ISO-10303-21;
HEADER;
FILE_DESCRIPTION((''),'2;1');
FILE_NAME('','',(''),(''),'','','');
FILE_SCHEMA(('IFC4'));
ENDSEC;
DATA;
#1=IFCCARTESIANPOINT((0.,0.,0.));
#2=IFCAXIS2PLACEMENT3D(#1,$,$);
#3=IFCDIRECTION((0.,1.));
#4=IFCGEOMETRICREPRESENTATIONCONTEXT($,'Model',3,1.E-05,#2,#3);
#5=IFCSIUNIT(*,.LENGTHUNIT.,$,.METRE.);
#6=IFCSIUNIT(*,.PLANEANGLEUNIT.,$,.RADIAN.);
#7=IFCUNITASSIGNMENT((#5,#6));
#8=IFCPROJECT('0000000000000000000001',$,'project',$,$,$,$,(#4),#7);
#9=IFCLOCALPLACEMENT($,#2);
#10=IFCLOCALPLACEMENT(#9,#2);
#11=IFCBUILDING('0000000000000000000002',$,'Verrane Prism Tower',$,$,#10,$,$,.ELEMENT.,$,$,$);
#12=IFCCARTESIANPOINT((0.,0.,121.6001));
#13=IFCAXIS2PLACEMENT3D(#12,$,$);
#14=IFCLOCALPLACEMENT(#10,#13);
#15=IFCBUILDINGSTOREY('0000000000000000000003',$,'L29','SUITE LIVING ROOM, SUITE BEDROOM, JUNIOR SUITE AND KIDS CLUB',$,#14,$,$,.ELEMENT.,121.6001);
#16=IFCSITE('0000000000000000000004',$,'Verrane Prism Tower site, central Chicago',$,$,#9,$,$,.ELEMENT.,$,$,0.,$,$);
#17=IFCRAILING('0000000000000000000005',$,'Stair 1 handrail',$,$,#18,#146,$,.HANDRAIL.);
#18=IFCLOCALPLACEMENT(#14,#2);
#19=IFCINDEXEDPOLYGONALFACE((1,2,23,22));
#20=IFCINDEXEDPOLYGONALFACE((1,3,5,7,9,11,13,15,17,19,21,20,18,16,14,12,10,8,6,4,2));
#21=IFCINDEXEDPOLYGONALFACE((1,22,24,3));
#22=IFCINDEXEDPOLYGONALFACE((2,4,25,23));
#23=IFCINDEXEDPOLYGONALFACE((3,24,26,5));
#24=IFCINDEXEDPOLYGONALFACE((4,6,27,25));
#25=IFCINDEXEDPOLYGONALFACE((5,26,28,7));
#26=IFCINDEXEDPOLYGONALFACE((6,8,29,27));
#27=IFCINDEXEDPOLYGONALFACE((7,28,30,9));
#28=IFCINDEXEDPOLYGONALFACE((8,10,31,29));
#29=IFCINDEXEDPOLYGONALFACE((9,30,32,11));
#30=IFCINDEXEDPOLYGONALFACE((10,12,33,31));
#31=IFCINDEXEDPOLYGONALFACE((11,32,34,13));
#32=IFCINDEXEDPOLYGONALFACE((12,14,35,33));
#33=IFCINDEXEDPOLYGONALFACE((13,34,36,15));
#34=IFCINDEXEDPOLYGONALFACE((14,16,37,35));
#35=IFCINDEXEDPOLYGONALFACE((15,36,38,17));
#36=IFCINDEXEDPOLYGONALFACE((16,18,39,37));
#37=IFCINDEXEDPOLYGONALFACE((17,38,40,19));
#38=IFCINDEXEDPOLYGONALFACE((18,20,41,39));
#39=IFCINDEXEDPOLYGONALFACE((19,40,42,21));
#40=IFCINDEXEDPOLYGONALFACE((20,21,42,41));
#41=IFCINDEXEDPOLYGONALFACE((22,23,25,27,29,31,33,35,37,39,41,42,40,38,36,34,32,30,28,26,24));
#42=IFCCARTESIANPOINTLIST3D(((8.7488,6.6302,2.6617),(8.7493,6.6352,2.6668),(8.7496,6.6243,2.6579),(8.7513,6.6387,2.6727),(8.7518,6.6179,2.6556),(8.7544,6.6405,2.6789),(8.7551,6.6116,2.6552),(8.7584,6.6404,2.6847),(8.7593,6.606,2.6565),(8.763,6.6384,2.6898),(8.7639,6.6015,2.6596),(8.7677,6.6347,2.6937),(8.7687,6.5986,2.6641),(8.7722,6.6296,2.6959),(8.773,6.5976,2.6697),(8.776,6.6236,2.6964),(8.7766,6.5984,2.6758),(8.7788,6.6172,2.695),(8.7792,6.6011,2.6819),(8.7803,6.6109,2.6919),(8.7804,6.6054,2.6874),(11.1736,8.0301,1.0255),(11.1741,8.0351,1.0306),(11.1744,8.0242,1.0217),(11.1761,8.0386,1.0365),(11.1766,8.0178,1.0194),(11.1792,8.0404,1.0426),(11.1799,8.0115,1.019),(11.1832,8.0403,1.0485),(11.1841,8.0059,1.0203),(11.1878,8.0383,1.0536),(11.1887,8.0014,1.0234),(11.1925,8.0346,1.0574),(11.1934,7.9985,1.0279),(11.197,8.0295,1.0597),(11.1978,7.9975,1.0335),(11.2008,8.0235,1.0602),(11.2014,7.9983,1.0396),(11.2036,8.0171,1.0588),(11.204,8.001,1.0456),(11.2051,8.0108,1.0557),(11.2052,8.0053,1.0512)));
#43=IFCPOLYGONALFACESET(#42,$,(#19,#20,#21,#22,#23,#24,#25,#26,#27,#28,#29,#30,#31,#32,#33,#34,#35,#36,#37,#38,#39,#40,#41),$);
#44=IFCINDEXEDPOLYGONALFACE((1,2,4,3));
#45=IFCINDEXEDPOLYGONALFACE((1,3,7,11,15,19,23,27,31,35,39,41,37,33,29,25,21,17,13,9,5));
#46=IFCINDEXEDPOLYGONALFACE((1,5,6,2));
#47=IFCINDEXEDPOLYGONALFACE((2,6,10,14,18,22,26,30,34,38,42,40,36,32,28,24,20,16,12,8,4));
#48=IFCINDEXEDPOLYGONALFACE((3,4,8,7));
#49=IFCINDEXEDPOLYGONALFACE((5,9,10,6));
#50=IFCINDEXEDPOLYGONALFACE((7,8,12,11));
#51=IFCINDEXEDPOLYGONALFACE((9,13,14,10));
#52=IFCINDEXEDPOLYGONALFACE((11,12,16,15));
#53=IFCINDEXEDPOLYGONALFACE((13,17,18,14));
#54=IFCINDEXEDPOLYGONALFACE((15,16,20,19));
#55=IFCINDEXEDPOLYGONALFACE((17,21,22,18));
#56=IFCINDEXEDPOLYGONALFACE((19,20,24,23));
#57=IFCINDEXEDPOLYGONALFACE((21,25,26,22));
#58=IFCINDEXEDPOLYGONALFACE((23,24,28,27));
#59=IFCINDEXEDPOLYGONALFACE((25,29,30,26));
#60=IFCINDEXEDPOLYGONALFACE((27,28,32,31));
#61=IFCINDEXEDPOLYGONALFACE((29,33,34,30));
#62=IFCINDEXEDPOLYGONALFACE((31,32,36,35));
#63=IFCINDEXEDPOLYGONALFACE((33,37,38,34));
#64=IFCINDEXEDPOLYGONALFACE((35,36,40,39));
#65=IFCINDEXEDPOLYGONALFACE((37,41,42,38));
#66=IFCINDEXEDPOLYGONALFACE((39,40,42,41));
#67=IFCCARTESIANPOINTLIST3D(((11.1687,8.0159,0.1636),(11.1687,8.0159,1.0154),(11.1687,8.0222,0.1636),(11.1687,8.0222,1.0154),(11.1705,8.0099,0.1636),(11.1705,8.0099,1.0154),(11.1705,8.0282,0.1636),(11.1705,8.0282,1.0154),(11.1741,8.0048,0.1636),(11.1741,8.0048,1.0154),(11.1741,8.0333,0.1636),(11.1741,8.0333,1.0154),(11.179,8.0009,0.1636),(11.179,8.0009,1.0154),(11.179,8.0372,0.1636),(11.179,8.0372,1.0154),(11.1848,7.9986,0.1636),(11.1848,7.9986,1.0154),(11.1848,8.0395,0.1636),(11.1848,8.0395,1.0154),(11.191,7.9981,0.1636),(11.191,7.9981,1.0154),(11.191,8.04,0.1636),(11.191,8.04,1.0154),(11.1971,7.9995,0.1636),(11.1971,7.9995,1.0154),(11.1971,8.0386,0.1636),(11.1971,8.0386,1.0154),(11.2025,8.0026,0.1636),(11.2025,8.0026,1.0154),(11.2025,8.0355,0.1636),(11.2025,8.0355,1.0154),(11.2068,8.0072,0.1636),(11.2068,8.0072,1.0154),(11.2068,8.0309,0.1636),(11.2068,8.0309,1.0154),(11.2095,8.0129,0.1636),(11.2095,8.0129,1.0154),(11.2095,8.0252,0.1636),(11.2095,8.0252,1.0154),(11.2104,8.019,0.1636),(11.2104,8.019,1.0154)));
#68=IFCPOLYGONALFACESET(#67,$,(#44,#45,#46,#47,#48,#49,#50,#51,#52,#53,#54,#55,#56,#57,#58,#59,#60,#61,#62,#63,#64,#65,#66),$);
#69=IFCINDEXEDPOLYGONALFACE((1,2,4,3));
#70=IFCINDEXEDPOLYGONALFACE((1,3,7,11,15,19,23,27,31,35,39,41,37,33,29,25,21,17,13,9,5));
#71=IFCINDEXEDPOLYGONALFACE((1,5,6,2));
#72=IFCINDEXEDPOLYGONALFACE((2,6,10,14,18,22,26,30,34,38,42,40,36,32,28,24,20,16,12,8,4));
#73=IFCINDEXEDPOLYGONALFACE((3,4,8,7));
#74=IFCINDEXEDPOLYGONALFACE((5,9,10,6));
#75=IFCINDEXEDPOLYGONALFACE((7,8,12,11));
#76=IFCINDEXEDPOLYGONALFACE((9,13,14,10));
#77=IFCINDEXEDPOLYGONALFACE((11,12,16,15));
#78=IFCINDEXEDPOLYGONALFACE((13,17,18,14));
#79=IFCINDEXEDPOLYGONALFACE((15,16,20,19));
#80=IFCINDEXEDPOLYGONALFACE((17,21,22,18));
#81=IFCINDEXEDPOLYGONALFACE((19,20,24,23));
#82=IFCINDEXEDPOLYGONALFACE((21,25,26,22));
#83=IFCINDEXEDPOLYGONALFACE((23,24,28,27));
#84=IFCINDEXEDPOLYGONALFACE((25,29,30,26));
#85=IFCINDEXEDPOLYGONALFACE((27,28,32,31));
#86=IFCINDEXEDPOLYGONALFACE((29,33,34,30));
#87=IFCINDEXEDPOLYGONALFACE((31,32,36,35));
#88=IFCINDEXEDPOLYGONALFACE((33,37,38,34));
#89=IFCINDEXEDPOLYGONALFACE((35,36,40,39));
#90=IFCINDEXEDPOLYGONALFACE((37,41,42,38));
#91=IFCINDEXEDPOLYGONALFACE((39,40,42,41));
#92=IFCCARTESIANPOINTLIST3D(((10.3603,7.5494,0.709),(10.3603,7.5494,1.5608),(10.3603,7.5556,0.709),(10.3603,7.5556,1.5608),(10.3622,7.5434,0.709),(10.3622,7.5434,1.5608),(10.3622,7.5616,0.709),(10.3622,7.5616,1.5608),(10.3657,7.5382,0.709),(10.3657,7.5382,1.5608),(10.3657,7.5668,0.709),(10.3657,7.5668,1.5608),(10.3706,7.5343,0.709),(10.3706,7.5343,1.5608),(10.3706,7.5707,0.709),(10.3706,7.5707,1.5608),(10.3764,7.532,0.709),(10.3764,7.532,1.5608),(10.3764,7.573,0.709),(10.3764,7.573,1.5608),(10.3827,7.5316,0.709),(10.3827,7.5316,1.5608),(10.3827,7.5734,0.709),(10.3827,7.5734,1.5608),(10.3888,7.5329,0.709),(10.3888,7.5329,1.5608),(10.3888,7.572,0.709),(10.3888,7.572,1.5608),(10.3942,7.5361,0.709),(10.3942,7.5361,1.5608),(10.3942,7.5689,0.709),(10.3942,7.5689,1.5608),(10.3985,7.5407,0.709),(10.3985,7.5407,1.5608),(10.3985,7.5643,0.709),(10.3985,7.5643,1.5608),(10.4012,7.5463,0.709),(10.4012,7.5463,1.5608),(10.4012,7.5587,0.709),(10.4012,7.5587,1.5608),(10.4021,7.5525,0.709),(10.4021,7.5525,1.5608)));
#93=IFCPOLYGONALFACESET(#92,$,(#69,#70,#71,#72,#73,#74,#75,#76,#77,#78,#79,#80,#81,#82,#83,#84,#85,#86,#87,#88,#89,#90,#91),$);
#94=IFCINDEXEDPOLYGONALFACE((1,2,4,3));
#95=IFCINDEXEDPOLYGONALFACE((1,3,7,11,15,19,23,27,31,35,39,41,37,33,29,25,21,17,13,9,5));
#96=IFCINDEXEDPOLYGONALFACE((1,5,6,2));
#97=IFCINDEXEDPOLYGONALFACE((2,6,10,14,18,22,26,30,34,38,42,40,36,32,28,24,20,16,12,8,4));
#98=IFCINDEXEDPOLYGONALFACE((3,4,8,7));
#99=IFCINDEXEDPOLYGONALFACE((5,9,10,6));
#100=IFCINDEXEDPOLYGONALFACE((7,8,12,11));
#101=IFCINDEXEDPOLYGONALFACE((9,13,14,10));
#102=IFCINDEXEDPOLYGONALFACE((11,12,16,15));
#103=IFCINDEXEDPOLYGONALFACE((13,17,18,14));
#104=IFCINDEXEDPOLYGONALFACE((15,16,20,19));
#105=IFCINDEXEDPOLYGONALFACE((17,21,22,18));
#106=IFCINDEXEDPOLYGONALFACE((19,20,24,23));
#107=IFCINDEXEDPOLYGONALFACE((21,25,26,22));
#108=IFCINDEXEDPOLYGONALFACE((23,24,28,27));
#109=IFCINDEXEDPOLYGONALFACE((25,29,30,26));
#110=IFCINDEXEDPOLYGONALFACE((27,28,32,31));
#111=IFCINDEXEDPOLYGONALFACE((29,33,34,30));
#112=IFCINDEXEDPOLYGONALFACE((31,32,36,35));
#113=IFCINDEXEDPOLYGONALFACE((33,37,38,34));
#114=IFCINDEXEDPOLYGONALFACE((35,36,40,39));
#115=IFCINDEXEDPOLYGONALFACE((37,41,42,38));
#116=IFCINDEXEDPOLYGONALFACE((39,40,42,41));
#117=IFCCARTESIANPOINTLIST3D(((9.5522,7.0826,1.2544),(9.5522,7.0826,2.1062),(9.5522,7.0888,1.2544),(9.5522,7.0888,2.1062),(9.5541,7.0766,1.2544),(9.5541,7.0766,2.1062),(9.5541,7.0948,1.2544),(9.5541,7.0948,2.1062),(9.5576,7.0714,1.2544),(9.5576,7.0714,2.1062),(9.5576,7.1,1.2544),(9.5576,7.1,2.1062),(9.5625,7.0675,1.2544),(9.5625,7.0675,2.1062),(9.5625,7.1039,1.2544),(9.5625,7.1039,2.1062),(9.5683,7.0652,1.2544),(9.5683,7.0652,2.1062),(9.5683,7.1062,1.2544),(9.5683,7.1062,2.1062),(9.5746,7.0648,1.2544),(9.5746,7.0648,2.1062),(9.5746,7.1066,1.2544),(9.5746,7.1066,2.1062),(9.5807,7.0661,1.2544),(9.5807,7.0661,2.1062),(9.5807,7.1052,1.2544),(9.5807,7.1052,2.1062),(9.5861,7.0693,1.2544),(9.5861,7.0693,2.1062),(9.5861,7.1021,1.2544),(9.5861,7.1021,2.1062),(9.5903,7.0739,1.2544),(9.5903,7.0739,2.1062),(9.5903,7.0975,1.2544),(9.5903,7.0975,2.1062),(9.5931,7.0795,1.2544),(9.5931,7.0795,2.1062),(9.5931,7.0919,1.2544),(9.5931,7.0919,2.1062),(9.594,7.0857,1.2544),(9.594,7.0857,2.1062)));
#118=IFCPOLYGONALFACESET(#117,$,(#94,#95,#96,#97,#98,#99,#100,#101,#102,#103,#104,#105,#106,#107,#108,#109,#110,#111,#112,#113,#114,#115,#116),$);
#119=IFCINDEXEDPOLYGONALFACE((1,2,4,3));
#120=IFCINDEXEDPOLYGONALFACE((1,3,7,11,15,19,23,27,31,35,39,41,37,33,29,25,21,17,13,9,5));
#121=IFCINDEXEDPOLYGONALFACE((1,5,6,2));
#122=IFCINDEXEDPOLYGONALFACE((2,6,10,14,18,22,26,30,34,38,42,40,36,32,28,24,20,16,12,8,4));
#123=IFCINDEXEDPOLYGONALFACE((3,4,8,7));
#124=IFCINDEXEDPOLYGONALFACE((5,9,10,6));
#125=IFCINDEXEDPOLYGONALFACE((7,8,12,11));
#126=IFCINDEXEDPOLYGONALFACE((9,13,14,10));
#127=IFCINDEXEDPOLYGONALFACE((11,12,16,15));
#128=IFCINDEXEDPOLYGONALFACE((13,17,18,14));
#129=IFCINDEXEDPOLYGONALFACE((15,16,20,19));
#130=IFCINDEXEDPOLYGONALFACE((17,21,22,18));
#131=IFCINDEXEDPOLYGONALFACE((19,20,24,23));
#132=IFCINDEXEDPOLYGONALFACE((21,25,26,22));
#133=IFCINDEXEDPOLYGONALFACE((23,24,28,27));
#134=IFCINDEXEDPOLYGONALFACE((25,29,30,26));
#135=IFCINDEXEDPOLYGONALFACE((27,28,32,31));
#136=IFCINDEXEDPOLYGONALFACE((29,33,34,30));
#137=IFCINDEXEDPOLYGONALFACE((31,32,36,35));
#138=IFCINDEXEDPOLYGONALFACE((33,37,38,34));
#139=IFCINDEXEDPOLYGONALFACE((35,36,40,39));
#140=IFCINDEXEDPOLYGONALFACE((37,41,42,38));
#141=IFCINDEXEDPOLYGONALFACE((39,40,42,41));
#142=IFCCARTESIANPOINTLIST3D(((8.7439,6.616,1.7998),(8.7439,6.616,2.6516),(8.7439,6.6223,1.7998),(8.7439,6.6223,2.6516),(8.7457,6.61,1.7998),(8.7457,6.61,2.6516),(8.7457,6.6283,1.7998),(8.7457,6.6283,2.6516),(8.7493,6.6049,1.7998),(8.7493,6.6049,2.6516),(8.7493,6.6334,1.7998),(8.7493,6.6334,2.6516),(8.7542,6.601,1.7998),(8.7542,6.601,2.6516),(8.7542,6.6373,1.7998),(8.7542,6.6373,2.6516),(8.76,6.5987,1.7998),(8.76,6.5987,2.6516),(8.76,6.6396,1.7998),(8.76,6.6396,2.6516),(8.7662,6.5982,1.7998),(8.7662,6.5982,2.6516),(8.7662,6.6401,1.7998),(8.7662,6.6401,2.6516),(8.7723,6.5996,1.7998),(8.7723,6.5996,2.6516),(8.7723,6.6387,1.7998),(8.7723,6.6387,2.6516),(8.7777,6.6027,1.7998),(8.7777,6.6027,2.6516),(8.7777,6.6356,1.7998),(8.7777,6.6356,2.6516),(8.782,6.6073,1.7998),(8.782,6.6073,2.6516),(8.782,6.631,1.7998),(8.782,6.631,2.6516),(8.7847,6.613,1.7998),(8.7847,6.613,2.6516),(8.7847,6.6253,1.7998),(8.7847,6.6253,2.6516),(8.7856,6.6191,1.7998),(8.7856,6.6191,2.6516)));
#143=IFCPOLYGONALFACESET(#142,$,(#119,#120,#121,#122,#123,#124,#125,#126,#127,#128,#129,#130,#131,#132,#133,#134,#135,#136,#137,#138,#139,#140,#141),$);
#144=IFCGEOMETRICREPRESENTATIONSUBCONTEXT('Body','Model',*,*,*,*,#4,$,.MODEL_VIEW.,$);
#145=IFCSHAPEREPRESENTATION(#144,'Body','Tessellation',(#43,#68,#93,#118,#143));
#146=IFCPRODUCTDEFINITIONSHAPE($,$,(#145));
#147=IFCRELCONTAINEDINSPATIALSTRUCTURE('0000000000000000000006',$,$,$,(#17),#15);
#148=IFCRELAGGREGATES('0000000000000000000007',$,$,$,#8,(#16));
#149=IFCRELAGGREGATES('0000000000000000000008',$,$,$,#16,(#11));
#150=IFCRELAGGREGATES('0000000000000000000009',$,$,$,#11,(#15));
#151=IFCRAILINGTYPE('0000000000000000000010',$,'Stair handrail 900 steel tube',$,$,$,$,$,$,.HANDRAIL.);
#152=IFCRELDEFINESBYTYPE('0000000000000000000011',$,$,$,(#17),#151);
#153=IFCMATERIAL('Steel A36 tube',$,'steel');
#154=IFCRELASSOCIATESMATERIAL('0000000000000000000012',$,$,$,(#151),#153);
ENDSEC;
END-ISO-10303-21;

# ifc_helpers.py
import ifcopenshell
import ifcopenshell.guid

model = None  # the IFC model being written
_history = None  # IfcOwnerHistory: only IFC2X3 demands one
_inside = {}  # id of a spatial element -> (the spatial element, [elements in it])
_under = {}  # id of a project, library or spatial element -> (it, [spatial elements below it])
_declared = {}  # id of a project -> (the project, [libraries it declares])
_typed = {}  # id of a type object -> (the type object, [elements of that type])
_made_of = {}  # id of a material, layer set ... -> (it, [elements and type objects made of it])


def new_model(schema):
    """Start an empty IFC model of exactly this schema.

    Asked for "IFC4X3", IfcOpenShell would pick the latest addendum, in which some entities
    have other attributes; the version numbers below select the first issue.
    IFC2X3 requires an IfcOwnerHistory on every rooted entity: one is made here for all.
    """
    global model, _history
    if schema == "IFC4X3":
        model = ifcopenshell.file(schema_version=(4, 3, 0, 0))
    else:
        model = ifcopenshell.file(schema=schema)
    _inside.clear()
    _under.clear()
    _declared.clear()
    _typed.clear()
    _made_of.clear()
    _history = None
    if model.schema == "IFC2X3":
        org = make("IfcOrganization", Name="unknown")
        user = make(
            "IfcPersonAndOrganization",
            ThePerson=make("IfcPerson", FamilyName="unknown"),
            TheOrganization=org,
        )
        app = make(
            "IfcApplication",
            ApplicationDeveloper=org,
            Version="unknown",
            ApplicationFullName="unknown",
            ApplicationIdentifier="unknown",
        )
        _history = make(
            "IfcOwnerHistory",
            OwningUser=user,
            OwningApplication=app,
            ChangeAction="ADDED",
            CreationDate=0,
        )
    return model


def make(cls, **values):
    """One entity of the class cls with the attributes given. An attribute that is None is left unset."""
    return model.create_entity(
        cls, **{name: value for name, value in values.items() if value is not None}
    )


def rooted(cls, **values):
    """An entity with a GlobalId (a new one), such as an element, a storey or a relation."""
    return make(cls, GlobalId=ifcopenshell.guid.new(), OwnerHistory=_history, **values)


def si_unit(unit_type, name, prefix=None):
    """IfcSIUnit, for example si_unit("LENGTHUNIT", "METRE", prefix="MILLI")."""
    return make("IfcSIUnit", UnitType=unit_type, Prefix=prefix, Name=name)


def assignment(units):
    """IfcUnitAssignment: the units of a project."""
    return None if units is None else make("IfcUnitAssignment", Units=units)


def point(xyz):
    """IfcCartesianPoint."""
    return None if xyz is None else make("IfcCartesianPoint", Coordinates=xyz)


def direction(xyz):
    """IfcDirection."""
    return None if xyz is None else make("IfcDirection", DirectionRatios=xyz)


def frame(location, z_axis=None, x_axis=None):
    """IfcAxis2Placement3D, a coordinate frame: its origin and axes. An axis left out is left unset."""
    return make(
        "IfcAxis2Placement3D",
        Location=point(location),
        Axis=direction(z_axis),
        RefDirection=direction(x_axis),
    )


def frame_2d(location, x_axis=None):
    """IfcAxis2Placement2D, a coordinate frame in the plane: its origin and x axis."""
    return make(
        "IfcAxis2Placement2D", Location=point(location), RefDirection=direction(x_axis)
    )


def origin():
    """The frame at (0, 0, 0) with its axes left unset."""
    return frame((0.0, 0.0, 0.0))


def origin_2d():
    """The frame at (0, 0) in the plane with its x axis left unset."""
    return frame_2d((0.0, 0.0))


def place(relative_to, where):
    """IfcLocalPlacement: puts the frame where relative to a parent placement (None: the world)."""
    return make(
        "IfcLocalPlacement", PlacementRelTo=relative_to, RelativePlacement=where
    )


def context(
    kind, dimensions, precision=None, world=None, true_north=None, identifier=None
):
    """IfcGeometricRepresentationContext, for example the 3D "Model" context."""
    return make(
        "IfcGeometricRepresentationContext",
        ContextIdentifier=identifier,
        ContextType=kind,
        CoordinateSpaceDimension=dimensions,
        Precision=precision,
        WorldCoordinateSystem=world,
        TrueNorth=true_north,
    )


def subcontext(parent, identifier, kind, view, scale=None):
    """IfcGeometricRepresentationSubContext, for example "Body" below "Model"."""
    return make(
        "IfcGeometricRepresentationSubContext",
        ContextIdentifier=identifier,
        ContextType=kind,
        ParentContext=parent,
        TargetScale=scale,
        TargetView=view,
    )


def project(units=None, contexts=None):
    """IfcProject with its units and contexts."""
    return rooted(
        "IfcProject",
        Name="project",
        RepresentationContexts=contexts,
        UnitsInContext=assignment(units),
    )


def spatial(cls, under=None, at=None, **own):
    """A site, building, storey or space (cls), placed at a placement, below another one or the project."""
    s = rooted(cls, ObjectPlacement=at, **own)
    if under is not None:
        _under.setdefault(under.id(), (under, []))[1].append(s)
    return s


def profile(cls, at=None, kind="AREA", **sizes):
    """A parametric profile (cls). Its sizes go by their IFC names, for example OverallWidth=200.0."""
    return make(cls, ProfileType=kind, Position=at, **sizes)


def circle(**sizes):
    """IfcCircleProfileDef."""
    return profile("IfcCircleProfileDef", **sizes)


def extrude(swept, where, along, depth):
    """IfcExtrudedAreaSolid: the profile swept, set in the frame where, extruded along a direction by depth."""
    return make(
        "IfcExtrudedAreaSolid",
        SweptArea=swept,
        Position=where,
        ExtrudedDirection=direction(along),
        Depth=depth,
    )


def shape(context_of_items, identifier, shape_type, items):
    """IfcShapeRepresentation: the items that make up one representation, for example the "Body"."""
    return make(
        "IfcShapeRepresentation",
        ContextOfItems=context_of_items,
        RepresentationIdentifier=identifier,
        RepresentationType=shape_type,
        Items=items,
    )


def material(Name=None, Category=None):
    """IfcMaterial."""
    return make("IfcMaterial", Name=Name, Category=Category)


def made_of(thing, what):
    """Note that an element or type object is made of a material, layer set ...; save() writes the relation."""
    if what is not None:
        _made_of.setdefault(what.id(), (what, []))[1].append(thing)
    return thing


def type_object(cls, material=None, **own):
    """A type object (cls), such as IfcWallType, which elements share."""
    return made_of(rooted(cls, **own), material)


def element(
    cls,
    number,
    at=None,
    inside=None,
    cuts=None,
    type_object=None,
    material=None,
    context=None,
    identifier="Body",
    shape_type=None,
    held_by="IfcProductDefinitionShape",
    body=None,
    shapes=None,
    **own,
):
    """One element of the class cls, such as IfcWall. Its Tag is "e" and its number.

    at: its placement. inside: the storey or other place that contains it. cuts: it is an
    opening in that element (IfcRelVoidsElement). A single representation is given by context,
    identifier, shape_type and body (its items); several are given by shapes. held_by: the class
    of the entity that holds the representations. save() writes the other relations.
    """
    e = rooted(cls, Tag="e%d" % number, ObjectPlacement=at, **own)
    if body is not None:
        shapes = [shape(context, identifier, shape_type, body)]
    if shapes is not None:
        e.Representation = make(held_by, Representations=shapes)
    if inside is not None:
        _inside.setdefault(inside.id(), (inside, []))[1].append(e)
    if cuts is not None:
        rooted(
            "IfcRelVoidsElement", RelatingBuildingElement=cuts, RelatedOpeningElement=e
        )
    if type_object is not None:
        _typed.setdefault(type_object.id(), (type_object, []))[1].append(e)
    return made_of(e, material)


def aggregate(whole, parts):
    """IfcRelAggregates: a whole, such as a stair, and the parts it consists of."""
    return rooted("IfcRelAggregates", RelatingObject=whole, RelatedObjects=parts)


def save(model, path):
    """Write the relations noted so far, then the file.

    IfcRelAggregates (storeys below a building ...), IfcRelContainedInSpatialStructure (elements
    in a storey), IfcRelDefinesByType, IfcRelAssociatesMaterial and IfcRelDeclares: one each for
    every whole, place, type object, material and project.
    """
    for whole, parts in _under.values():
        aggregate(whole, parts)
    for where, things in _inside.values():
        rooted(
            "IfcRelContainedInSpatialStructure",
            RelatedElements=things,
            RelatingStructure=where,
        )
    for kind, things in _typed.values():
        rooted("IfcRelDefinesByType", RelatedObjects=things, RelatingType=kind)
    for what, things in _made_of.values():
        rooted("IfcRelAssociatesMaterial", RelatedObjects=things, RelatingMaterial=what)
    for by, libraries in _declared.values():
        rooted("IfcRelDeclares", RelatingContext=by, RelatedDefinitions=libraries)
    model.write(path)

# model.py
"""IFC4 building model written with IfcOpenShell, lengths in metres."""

from ifc_helpers import new_model, si_unit, direction, frame, origin, origin_2d, place, context, subcontext, project, spatial, circle, extrude, material, type_object, element, save


model = new_model("IFC4")

# Units and contexts
model_context = context("Model", 3, precision=1e-05, world=origin(), true_north=direction((0.0, 1.0)))
body_context = subcontext(model_context, "Body", "Model", "MODEL_VIEW")
ifc_project = project(units=[si_unit("LENGTHUNIT", "METRE"), si_unit("PLANEANGLEUNIT", "RADIAN")], contexts=[model_context])

# Site, building, storey
site_placement = place(None, origin())
site = spatial("IfcSite", under=ifc_project, at=site_placement, Name="Verrane Prism Tower site, central Chicago", CompositionType="ELEMENT", RefElevation=0.0)
building_placement = place(site_placement, origin())
building = spatial("IfcBuilding", under=site, at=building_placement, Name="Verrane Prism Tower", CompositionType="ELEMENT")
storey_placement = place(building_placement, frame((0.0, 0.0, 121.6001)))
storey = spatial("IfcBuildingStorey", under=building, at=storey_placement, Name="L29", Description="SUITE LIVING ROOM, SUITE BEDROOM, JUNIOR SUITE AND KIDS CLUB", CompositionType="ELEMENT", Elevation=121.6001)

# Railing
ifc_material_1 = material(Name="Steel A36 tube", Category="steel")
railing_type_1 = type_object("IfcRailingType", Name="Stair handrail 900 steel tube", PredefinedType="HANDRAIL", material=ifc_material_1)
railing_1_placement = place(storey_placement, frame((11.1895, 8.019, 0.1636)))
element("IfcRailing", 1, at=railing_1_placement, inside=storey, type_object=railing_type_1, Name="Stair 1 handrail", PredefinedType="HANDRAIL", context=body_context, shape_type="SweptSolid", body=[
    extrude(circle(Radius=0.0239, at=origin_2d()), frame((0.0, 0.0, 0.876), z_axis=(-0.747718, -0.431677, 0.504552), x_axis=(0.499984, -0.866035, 0.0)), (0.0, 0.0, 1.0), 3.2429),
    extrude(circle(Radius=0.021, at=origin_2d()), origin(), (0.0, 0.0, 1.0), 0.8518),
    extrude(circle(Radius=0.021, at=origin_2d()), frame((-0.8083, -0.4666, 0.5454)), (0.0, 0.0, 1.0), 0.8518),
    extrude(circle(Radius=0.021, at=origin_2d()), frame((-1.6165, -0.9333, 1.0908)), (0.0, 0.0, 1.0), 0.8518),
    extrude(circle(Radius=0.021, at=origin_2d()), frame((-2.4248, -1.3999, 1.6362)), (0.0, 0.0, 1.0), 0.8518),
])

save(model, "model.ifc")
